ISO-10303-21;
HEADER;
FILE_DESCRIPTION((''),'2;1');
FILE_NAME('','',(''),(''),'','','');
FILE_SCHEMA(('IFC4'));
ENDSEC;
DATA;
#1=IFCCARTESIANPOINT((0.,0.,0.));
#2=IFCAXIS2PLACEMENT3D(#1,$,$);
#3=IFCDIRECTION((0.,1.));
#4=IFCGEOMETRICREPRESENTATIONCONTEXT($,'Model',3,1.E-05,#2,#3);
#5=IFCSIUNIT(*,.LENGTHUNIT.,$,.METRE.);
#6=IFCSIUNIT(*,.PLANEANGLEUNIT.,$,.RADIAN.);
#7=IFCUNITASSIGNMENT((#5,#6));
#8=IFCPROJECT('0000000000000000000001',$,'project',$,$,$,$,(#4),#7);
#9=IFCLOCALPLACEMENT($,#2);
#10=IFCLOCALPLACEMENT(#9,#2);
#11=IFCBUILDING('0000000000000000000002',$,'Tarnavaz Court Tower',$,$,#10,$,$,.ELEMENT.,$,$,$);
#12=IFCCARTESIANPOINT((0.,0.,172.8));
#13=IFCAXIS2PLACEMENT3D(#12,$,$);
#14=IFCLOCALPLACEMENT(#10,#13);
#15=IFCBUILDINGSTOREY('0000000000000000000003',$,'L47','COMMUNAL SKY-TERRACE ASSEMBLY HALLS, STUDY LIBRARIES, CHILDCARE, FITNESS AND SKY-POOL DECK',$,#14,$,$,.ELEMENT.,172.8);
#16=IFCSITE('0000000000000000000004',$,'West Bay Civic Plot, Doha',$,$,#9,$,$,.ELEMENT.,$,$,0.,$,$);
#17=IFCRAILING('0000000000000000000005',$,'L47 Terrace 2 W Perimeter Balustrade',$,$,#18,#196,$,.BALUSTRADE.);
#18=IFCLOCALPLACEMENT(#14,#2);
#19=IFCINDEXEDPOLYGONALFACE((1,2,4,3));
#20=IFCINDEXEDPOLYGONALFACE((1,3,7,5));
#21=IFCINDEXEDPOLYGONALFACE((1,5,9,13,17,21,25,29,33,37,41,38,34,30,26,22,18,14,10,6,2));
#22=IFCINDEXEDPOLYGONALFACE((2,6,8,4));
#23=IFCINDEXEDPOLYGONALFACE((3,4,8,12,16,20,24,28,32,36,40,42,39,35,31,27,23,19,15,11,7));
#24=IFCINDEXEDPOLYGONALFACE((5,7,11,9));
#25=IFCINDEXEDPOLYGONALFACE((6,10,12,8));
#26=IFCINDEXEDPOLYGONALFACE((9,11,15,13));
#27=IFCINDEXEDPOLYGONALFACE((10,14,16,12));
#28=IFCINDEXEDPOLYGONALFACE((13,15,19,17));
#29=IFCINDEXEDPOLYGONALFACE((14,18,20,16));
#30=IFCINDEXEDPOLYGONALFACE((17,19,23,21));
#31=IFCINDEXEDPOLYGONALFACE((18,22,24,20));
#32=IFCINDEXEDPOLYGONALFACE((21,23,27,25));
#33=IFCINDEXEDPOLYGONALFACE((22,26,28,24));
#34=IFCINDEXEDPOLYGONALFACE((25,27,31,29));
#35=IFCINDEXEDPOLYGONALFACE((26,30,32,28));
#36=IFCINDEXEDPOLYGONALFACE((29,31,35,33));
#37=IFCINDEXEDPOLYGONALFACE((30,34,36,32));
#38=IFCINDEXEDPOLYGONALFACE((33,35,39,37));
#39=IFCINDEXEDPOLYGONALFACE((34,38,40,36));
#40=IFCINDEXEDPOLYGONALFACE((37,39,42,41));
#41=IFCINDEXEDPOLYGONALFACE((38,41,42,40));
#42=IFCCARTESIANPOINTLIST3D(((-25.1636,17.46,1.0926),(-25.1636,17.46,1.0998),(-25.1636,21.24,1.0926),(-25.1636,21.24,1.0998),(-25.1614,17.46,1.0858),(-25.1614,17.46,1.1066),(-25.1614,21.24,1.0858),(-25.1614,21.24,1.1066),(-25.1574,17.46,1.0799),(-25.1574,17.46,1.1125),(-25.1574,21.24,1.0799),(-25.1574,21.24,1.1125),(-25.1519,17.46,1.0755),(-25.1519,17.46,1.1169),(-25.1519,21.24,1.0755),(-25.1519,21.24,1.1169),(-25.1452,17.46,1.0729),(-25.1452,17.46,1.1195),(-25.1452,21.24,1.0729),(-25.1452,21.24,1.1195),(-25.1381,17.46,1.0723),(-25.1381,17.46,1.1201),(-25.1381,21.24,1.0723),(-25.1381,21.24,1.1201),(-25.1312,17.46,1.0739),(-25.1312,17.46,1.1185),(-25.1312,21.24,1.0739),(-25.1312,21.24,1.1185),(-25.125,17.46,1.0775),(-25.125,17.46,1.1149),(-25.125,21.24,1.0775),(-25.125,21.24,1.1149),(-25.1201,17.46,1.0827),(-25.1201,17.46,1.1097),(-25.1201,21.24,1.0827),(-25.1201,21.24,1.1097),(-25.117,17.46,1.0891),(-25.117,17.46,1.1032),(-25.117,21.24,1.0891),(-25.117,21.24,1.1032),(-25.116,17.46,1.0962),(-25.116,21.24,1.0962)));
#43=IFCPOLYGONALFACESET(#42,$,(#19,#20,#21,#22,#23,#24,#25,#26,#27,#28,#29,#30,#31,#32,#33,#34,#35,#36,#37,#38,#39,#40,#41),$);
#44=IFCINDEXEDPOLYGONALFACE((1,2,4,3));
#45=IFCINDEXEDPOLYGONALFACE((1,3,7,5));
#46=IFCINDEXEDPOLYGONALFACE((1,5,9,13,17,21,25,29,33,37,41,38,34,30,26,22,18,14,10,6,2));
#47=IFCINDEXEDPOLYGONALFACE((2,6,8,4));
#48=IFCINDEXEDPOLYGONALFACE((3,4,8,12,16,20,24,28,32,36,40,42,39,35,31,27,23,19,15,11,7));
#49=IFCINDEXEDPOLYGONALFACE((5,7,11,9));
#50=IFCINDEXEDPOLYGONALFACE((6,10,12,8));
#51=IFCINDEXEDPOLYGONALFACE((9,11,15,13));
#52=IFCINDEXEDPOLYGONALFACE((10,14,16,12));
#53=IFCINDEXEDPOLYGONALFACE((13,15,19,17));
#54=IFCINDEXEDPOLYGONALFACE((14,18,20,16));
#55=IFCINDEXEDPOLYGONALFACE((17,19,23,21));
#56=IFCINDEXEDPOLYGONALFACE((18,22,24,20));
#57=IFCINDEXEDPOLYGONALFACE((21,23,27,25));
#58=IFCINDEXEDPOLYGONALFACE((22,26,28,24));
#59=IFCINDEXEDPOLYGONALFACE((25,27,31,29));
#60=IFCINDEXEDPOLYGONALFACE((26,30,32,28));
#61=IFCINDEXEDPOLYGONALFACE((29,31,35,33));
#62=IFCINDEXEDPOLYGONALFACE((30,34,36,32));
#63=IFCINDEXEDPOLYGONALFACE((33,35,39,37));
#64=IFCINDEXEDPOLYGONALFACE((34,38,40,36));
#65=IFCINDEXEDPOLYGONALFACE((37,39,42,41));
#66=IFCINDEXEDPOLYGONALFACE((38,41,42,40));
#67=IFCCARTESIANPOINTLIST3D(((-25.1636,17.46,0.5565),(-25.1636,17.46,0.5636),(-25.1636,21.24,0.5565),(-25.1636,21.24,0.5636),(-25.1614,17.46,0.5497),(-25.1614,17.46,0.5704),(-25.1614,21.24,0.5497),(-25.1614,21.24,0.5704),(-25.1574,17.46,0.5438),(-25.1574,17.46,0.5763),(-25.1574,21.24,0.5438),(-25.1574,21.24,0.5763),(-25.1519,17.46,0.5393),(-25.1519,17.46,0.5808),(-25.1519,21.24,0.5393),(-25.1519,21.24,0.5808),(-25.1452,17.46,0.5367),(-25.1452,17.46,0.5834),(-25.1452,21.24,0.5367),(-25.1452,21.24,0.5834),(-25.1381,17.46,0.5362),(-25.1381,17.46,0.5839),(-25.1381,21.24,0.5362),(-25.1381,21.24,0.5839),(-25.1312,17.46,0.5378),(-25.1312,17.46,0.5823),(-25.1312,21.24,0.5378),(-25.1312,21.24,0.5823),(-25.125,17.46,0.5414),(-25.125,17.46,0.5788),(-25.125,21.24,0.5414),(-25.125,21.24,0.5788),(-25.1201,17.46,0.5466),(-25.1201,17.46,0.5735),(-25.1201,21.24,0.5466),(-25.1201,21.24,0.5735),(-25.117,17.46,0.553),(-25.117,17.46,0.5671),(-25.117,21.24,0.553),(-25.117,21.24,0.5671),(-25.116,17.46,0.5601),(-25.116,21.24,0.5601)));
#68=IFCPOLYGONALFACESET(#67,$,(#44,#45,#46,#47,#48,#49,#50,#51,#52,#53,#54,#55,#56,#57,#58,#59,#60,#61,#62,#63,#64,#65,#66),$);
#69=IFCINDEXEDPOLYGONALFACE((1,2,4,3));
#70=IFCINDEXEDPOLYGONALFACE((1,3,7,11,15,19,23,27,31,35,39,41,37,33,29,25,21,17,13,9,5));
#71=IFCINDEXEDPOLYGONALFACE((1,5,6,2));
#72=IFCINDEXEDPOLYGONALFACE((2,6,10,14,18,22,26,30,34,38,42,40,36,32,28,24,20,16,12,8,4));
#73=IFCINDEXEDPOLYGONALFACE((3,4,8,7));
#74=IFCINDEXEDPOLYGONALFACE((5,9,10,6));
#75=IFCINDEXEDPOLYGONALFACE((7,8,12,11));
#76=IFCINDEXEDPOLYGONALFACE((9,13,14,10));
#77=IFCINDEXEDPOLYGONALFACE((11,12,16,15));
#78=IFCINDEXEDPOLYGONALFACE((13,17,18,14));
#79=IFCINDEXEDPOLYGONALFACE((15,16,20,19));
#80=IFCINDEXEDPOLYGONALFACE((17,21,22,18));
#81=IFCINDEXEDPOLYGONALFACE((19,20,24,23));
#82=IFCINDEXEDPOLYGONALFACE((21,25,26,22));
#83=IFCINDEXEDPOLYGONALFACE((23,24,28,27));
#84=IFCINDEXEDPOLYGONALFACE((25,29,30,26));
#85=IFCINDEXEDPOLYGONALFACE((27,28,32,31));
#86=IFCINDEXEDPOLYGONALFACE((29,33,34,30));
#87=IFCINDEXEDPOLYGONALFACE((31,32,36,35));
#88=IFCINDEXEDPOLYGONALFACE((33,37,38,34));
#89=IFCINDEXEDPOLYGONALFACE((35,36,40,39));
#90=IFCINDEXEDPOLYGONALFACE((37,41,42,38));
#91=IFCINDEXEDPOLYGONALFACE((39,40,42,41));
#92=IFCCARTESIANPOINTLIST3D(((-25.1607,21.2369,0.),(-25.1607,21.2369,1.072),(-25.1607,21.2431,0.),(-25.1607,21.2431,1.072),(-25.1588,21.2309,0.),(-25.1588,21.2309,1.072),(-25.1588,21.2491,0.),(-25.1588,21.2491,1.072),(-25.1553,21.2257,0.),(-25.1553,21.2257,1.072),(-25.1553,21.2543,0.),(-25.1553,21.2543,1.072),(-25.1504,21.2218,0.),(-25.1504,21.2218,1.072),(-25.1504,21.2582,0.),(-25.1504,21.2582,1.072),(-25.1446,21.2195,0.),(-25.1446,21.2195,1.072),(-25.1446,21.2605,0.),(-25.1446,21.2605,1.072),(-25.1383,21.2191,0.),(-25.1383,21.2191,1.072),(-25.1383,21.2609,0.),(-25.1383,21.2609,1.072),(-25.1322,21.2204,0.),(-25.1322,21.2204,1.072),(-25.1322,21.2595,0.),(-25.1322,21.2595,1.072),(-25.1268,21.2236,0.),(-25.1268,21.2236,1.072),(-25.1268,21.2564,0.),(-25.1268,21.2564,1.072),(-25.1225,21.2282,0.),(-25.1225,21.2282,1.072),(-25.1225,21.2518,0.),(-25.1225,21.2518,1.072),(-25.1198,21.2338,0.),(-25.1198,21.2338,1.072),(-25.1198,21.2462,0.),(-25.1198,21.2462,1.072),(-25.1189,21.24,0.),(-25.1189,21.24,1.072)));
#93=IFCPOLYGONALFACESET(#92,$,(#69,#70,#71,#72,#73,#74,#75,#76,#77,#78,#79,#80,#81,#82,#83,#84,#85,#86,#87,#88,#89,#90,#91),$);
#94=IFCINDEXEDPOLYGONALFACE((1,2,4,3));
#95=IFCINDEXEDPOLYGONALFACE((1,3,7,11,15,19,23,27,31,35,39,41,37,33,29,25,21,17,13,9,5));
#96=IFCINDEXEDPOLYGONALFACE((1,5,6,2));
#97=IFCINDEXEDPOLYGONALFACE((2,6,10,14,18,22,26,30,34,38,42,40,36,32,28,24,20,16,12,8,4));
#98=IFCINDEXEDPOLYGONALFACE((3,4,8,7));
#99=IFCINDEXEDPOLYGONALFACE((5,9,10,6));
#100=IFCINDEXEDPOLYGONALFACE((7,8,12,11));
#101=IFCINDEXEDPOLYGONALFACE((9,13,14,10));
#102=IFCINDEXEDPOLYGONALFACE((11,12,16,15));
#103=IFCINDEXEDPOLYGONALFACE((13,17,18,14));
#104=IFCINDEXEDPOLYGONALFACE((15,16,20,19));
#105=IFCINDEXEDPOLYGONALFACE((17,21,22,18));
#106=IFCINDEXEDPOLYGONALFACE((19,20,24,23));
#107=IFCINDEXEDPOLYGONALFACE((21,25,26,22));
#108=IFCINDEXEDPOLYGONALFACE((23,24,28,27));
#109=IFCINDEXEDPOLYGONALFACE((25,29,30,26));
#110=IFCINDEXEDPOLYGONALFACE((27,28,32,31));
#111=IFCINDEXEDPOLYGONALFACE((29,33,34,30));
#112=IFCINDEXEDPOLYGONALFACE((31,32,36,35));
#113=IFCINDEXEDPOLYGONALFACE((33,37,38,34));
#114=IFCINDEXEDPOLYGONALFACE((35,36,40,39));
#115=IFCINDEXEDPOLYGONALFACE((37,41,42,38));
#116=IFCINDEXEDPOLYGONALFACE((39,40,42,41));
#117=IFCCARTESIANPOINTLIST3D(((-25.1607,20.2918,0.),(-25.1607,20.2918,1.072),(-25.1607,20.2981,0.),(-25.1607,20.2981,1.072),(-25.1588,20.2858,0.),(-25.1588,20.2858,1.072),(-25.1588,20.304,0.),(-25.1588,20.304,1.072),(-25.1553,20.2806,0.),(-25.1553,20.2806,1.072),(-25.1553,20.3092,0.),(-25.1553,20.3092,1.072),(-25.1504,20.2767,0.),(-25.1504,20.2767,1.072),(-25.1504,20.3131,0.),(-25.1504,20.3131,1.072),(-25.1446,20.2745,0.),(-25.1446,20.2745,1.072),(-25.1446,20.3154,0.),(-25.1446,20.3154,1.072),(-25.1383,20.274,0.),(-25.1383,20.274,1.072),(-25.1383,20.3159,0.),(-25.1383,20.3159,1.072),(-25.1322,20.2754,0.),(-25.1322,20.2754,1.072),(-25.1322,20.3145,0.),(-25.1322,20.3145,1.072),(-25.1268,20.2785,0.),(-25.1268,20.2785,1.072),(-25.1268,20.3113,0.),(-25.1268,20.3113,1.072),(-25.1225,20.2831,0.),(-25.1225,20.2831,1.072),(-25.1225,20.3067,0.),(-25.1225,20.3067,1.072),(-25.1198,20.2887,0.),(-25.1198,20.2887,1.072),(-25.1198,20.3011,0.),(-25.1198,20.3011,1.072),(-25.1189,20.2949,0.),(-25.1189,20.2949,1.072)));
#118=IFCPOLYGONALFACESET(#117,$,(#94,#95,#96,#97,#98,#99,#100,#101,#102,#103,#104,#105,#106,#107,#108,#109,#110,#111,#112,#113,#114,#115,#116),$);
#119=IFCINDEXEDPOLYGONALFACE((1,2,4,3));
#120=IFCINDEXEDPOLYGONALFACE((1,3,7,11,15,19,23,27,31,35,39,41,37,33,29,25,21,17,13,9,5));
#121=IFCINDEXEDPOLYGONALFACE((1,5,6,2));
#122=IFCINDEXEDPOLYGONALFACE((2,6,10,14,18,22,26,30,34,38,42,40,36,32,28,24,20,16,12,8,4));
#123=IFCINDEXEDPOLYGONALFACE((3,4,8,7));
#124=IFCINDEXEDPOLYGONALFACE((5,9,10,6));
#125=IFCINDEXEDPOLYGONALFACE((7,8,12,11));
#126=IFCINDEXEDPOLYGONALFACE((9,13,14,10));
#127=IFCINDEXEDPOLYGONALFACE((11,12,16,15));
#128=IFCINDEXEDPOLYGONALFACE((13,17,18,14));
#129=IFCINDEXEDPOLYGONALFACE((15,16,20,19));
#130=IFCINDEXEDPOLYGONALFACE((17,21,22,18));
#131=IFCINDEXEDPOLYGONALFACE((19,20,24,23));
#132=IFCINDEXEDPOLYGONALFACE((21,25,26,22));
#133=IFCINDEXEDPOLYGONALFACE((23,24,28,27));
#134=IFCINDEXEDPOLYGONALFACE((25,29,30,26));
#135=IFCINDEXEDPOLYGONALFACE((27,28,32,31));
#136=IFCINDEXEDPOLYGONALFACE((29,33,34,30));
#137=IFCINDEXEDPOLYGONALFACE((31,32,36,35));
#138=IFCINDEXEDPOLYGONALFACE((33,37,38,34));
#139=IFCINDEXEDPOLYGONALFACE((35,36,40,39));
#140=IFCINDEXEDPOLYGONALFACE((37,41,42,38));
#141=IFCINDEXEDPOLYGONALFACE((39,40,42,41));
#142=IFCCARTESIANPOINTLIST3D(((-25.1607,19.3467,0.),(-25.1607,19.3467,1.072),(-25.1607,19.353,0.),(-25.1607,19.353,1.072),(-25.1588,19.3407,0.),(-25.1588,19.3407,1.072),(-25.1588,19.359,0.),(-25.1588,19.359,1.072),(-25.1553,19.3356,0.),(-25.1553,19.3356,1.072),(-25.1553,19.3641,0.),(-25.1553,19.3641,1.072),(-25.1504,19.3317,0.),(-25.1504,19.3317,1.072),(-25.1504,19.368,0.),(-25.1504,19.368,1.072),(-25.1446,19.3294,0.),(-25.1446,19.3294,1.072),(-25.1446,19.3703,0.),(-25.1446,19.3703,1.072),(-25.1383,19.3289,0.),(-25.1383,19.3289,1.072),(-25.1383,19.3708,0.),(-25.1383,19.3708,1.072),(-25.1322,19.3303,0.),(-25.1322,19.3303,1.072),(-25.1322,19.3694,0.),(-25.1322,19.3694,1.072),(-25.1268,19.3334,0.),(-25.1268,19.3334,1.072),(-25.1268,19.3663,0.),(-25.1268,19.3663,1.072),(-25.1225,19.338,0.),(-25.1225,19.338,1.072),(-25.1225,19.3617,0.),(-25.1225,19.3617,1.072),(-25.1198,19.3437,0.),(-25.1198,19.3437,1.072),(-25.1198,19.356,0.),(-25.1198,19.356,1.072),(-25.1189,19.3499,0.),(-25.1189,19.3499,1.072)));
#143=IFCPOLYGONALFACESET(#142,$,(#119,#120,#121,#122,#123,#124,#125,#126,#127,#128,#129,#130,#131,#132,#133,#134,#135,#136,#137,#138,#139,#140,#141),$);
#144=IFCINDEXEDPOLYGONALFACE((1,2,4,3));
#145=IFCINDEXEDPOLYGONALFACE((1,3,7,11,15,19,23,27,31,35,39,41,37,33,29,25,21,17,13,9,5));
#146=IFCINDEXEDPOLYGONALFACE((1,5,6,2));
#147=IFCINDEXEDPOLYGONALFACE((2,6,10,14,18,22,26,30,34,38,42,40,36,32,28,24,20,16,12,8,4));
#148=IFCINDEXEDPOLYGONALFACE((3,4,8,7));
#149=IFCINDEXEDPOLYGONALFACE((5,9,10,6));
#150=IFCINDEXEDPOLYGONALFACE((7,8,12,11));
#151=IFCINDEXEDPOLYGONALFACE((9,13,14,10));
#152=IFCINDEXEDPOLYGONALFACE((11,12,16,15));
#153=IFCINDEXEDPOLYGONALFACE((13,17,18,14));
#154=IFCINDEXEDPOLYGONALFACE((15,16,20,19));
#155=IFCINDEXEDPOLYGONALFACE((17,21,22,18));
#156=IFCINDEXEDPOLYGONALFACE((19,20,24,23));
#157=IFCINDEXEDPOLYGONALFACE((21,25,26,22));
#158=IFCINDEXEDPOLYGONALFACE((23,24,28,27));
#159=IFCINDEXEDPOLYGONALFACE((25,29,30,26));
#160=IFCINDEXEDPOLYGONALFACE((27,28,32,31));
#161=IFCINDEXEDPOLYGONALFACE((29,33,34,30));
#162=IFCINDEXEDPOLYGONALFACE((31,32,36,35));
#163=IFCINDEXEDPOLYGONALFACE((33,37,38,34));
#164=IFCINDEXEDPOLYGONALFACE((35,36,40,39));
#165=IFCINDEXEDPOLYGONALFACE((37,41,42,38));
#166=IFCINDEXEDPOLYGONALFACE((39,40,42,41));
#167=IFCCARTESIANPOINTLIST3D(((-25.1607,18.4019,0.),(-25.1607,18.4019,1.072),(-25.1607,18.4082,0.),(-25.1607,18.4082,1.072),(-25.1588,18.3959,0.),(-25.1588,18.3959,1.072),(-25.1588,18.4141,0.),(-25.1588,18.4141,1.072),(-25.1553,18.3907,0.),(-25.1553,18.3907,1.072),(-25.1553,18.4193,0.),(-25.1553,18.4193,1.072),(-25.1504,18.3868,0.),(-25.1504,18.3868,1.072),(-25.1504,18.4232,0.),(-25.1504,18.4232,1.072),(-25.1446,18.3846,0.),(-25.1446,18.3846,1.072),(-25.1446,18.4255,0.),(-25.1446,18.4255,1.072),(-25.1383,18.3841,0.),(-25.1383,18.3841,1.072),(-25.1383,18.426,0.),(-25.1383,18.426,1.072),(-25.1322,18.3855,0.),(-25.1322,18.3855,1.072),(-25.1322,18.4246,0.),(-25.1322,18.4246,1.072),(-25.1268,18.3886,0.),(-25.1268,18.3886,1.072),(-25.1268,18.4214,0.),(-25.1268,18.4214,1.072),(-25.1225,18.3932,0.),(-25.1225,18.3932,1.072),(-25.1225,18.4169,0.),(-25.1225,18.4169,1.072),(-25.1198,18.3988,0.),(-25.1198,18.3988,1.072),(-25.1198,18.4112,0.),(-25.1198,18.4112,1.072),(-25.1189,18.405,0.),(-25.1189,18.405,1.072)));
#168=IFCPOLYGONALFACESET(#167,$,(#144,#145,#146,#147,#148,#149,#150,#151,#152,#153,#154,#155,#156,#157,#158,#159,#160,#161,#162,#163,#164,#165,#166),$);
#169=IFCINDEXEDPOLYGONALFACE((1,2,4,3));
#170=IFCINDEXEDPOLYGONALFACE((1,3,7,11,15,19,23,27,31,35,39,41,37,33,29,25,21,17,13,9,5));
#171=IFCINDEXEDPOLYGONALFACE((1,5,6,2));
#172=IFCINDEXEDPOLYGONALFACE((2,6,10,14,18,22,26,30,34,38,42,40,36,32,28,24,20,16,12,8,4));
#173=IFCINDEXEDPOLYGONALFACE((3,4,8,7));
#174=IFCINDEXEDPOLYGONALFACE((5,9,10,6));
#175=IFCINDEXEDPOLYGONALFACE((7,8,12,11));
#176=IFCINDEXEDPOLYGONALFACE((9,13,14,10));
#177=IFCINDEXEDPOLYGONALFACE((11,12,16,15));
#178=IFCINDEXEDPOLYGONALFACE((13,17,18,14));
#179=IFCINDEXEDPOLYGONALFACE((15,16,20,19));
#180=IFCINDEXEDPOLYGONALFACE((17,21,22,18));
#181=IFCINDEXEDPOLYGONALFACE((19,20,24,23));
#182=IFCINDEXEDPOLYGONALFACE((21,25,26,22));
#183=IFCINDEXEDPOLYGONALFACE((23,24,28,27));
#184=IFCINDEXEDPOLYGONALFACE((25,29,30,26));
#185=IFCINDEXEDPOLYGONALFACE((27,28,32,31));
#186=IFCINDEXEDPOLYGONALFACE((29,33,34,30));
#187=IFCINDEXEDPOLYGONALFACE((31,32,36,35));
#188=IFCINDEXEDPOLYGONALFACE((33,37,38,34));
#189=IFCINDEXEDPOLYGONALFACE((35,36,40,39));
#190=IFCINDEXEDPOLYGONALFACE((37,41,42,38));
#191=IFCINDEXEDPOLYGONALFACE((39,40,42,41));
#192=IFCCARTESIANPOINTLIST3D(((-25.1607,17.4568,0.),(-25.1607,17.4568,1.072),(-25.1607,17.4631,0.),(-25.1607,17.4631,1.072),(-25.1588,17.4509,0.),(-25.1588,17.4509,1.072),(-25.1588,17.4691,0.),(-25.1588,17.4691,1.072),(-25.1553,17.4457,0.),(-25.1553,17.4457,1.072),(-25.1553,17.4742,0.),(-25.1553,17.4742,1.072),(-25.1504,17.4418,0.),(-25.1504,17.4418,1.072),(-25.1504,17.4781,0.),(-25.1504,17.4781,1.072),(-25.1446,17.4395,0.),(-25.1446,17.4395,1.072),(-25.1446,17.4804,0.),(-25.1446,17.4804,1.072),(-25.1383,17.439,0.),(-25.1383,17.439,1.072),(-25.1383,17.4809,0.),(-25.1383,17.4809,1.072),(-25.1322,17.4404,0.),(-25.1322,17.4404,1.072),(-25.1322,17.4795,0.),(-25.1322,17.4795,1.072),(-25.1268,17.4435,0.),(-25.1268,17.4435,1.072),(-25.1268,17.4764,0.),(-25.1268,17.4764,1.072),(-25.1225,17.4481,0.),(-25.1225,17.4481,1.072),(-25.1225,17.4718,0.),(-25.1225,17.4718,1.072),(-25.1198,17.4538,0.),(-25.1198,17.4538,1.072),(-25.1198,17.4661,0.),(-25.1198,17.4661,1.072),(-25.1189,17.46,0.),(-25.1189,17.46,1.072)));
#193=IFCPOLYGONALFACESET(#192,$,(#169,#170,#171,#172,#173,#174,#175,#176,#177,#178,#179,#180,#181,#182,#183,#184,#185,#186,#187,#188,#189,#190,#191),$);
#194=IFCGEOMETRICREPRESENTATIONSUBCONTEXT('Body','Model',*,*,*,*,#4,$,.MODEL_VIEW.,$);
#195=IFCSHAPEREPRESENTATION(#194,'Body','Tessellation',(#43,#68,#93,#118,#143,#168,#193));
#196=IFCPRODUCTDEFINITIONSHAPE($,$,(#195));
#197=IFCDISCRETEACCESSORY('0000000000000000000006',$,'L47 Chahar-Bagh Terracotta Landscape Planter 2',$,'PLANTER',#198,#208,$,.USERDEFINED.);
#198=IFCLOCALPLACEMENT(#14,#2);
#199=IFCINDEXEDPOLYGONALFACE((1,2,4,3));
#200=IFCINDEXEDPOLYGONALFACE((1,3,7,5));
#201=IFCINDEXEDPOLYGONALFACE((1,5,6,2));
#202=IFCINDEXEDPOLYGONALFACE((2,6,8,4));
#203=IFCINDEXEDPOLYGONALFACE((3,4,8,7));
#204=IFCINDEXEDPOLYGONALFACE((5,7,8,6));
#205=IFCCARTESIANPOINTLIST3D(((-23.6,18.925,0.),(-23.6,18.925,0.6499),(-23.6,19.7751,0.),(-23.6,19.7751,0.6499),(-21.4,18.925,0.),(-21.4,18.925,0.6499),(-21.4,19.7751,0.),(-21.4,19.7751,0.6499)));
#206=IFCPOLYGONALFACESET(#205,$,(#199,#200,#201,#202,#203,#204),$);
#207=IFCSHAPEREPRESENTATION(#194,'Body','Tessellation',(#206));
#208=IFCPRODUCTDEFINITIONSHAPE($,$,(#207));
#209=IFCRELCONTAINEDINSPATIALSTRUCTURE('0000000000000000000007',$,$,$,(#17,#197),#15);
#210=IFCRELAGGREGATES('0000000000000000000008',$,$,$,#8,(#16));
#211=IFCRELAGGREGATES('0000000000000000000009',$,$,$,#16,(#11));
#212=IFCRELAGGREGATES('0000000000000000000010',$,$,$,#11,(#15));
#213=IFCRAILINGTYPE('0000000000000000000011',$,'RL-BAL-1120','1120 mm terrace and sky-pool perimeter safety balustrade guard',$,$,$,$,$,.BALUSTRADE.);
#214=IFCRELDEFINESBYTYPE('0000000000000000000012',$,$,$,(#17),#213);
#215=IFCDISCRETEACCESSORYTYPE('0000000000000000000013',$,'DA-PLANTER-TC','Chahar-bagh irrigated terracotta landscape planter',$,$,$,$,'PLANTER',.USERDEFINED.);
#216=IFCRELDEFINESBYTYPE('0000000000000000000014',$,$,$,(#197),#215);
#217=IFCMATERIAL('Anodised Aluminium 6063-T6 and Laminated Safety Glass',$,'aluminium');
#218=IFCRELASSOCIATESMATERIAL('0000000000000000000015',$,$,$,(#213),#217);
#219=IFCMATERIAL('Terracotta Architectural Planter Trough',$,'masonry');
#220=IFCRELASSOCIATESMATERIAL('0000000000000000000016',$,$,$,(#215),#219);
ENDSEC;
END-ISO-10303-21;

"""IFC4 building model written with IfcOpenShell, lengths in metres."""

from ifc_helpers import new_model, si_unit, direction, frame, origin, origin_2d, place, context, subcontext, project, spatial, rectangle, circle, extrude, material, type_object, element, save


model = new_model("IFC4")

# Units and contexts
model_context = context("Model", 3, precision=1e-05, world=origin(), true_north=direction((0.0, 1.0)))
body_context = subcontext(model_context, "Body", "Model", "MODEL_VIEW")
ifc_project = project(units=[si_unit("LENGTHUNIT", "METRE"), si_unit("PLANEANGLEUNIT", "RADIAN")], contexts=[model_context])

# Site, building, storey
site_placement = place(None, origin())
site = spatial("IfcSite", under=ifc_project, at=site_placement, Name="West Bay Civic Plot, Doha", CompositionType="ELEMENT", RefElevation=0.0)
building_placement = place(site_placement, origin())
building = spatial("IfcBuilding", under=site, at=building_placement, Name="Tarnavaz Court Tower", CompositionType="ELEMENT")
storey_placement = place(building_placement, frame((0.0, 0.0, 172.8)))
storey = spatial("IfcBuildingStorey", under=building, at=storey_placement, Name="L47", Description="COMMUNAL SKY-TERRACE ASSEMBLY HALLS, STUDY LIBRARIES, CHILDCARE, FITNESS AND SKY-POOL DECK", CompositionType="ELEMENT", Elevation=172.8)

# Railing
ifc_material_1 = material(Name="Anodised Aluminium 6063-T6 and Laminated Safety Glass", Category="aluminium")
railing_type = type_object("IfcRailingType", Name="RL-BAL-1120", Description="1120 mm terrace and sky-pool perimeter safety balustrade guard", PredefinedType="BALUSTRADE", material=ifc_material_1)
railing_1_placement = place(storey_placement, frame((-25.1399, 21.24, 0.0)))
element("IfcRailing", 1, at=railing_1_placement, inside=storey, type_object=railing_type, Name="L47 Terrace 2 W Perimeter Balustrade", PredefinedType="BALUSTRADE", context=body_context, shape_type="SweptSolid", body=[
    extrude(circle(Radius=0.0239, at=origin_2d()), frame((0.0, 0.0, 1.0962), z_axis=(0.0, -1.0, 0.0), x_axis=(1.0, 0.0, 0.0)), (0.0, 0.0, 1.0), 3.78),
    extrude(circle(Radius=0.0239, at=origin_2d()), frame((0.0, 0.0, 0.5601), z_axis=(0.0, -1.0, 0.0), x_axis=(1.0, 0.0, 0.0)), (0.0, 0.0, 1.0), 3.78),
    extrude(circle(Radius=0.021, at=origin_2d()), origin(), (0.0, 0.0, 1.0), 1.072),
    extrude(circle(Radius=0.021, at=origin_2d()), frame((0.0, -0.9451, 0.0)), (0.0, 0.0, 1.0), 1.072),
    extrude(circle(Radius=0.021, at=origin_2d()), frame((0.0, -1.8901, 0.0)), (0.0, 0.0, 1.0), 1.072),
    extrude(circle(Radius=0.021, at=origin_2d()), frame((0.0, -2.835, 0.0)), (0.0, 0.0, 1.0), 1.072),
    extrude(circle(Radius=0.021, at=origin_2d()), frame((0.0, -3.78, 0.0)), (0.0, 0.0, 1.0), 1.072),
])

# Discrete accessory
ifc_material_2 = material(Name="Terracotta Architectural Planter Trough", Category="masonry")
discrete_accessory_type = type_object("IfcDiscreteAccessoryType", Name="DA-PLANTER-TC", Description="Chahar-bagh irrigated terracotta landscape planter", ElementType="PLANTER", PredefinedType="USERDEFINED", material=ifc_material_2)
discrete_accessory_placement = place(storey_placement, frame((-22.5, 19.3501, 0.0), z_axis=(0.0, 0.0, 1.0), x_axis=(1.0, 0.0, 0.0)))
element("IfcDiscreteAccessory", 2, at=discrete_accessory_placement, inside=storey, type_object=discrete_accessory_type, Name="L47 Chahar-Bagh Terracotta Landscape Planter 2", ObjectType="PLANTER", PredefinedType="USERDEFINED", context=body_context, shape_type="SweptSolid", body=[
    extrude(rectangle(XDim=2.2, YDim=0.8501, at=origin_2d()), origin(), (0.0, 0.0, 1.0), 0.6499),
])

save(model, "model.ifc")
